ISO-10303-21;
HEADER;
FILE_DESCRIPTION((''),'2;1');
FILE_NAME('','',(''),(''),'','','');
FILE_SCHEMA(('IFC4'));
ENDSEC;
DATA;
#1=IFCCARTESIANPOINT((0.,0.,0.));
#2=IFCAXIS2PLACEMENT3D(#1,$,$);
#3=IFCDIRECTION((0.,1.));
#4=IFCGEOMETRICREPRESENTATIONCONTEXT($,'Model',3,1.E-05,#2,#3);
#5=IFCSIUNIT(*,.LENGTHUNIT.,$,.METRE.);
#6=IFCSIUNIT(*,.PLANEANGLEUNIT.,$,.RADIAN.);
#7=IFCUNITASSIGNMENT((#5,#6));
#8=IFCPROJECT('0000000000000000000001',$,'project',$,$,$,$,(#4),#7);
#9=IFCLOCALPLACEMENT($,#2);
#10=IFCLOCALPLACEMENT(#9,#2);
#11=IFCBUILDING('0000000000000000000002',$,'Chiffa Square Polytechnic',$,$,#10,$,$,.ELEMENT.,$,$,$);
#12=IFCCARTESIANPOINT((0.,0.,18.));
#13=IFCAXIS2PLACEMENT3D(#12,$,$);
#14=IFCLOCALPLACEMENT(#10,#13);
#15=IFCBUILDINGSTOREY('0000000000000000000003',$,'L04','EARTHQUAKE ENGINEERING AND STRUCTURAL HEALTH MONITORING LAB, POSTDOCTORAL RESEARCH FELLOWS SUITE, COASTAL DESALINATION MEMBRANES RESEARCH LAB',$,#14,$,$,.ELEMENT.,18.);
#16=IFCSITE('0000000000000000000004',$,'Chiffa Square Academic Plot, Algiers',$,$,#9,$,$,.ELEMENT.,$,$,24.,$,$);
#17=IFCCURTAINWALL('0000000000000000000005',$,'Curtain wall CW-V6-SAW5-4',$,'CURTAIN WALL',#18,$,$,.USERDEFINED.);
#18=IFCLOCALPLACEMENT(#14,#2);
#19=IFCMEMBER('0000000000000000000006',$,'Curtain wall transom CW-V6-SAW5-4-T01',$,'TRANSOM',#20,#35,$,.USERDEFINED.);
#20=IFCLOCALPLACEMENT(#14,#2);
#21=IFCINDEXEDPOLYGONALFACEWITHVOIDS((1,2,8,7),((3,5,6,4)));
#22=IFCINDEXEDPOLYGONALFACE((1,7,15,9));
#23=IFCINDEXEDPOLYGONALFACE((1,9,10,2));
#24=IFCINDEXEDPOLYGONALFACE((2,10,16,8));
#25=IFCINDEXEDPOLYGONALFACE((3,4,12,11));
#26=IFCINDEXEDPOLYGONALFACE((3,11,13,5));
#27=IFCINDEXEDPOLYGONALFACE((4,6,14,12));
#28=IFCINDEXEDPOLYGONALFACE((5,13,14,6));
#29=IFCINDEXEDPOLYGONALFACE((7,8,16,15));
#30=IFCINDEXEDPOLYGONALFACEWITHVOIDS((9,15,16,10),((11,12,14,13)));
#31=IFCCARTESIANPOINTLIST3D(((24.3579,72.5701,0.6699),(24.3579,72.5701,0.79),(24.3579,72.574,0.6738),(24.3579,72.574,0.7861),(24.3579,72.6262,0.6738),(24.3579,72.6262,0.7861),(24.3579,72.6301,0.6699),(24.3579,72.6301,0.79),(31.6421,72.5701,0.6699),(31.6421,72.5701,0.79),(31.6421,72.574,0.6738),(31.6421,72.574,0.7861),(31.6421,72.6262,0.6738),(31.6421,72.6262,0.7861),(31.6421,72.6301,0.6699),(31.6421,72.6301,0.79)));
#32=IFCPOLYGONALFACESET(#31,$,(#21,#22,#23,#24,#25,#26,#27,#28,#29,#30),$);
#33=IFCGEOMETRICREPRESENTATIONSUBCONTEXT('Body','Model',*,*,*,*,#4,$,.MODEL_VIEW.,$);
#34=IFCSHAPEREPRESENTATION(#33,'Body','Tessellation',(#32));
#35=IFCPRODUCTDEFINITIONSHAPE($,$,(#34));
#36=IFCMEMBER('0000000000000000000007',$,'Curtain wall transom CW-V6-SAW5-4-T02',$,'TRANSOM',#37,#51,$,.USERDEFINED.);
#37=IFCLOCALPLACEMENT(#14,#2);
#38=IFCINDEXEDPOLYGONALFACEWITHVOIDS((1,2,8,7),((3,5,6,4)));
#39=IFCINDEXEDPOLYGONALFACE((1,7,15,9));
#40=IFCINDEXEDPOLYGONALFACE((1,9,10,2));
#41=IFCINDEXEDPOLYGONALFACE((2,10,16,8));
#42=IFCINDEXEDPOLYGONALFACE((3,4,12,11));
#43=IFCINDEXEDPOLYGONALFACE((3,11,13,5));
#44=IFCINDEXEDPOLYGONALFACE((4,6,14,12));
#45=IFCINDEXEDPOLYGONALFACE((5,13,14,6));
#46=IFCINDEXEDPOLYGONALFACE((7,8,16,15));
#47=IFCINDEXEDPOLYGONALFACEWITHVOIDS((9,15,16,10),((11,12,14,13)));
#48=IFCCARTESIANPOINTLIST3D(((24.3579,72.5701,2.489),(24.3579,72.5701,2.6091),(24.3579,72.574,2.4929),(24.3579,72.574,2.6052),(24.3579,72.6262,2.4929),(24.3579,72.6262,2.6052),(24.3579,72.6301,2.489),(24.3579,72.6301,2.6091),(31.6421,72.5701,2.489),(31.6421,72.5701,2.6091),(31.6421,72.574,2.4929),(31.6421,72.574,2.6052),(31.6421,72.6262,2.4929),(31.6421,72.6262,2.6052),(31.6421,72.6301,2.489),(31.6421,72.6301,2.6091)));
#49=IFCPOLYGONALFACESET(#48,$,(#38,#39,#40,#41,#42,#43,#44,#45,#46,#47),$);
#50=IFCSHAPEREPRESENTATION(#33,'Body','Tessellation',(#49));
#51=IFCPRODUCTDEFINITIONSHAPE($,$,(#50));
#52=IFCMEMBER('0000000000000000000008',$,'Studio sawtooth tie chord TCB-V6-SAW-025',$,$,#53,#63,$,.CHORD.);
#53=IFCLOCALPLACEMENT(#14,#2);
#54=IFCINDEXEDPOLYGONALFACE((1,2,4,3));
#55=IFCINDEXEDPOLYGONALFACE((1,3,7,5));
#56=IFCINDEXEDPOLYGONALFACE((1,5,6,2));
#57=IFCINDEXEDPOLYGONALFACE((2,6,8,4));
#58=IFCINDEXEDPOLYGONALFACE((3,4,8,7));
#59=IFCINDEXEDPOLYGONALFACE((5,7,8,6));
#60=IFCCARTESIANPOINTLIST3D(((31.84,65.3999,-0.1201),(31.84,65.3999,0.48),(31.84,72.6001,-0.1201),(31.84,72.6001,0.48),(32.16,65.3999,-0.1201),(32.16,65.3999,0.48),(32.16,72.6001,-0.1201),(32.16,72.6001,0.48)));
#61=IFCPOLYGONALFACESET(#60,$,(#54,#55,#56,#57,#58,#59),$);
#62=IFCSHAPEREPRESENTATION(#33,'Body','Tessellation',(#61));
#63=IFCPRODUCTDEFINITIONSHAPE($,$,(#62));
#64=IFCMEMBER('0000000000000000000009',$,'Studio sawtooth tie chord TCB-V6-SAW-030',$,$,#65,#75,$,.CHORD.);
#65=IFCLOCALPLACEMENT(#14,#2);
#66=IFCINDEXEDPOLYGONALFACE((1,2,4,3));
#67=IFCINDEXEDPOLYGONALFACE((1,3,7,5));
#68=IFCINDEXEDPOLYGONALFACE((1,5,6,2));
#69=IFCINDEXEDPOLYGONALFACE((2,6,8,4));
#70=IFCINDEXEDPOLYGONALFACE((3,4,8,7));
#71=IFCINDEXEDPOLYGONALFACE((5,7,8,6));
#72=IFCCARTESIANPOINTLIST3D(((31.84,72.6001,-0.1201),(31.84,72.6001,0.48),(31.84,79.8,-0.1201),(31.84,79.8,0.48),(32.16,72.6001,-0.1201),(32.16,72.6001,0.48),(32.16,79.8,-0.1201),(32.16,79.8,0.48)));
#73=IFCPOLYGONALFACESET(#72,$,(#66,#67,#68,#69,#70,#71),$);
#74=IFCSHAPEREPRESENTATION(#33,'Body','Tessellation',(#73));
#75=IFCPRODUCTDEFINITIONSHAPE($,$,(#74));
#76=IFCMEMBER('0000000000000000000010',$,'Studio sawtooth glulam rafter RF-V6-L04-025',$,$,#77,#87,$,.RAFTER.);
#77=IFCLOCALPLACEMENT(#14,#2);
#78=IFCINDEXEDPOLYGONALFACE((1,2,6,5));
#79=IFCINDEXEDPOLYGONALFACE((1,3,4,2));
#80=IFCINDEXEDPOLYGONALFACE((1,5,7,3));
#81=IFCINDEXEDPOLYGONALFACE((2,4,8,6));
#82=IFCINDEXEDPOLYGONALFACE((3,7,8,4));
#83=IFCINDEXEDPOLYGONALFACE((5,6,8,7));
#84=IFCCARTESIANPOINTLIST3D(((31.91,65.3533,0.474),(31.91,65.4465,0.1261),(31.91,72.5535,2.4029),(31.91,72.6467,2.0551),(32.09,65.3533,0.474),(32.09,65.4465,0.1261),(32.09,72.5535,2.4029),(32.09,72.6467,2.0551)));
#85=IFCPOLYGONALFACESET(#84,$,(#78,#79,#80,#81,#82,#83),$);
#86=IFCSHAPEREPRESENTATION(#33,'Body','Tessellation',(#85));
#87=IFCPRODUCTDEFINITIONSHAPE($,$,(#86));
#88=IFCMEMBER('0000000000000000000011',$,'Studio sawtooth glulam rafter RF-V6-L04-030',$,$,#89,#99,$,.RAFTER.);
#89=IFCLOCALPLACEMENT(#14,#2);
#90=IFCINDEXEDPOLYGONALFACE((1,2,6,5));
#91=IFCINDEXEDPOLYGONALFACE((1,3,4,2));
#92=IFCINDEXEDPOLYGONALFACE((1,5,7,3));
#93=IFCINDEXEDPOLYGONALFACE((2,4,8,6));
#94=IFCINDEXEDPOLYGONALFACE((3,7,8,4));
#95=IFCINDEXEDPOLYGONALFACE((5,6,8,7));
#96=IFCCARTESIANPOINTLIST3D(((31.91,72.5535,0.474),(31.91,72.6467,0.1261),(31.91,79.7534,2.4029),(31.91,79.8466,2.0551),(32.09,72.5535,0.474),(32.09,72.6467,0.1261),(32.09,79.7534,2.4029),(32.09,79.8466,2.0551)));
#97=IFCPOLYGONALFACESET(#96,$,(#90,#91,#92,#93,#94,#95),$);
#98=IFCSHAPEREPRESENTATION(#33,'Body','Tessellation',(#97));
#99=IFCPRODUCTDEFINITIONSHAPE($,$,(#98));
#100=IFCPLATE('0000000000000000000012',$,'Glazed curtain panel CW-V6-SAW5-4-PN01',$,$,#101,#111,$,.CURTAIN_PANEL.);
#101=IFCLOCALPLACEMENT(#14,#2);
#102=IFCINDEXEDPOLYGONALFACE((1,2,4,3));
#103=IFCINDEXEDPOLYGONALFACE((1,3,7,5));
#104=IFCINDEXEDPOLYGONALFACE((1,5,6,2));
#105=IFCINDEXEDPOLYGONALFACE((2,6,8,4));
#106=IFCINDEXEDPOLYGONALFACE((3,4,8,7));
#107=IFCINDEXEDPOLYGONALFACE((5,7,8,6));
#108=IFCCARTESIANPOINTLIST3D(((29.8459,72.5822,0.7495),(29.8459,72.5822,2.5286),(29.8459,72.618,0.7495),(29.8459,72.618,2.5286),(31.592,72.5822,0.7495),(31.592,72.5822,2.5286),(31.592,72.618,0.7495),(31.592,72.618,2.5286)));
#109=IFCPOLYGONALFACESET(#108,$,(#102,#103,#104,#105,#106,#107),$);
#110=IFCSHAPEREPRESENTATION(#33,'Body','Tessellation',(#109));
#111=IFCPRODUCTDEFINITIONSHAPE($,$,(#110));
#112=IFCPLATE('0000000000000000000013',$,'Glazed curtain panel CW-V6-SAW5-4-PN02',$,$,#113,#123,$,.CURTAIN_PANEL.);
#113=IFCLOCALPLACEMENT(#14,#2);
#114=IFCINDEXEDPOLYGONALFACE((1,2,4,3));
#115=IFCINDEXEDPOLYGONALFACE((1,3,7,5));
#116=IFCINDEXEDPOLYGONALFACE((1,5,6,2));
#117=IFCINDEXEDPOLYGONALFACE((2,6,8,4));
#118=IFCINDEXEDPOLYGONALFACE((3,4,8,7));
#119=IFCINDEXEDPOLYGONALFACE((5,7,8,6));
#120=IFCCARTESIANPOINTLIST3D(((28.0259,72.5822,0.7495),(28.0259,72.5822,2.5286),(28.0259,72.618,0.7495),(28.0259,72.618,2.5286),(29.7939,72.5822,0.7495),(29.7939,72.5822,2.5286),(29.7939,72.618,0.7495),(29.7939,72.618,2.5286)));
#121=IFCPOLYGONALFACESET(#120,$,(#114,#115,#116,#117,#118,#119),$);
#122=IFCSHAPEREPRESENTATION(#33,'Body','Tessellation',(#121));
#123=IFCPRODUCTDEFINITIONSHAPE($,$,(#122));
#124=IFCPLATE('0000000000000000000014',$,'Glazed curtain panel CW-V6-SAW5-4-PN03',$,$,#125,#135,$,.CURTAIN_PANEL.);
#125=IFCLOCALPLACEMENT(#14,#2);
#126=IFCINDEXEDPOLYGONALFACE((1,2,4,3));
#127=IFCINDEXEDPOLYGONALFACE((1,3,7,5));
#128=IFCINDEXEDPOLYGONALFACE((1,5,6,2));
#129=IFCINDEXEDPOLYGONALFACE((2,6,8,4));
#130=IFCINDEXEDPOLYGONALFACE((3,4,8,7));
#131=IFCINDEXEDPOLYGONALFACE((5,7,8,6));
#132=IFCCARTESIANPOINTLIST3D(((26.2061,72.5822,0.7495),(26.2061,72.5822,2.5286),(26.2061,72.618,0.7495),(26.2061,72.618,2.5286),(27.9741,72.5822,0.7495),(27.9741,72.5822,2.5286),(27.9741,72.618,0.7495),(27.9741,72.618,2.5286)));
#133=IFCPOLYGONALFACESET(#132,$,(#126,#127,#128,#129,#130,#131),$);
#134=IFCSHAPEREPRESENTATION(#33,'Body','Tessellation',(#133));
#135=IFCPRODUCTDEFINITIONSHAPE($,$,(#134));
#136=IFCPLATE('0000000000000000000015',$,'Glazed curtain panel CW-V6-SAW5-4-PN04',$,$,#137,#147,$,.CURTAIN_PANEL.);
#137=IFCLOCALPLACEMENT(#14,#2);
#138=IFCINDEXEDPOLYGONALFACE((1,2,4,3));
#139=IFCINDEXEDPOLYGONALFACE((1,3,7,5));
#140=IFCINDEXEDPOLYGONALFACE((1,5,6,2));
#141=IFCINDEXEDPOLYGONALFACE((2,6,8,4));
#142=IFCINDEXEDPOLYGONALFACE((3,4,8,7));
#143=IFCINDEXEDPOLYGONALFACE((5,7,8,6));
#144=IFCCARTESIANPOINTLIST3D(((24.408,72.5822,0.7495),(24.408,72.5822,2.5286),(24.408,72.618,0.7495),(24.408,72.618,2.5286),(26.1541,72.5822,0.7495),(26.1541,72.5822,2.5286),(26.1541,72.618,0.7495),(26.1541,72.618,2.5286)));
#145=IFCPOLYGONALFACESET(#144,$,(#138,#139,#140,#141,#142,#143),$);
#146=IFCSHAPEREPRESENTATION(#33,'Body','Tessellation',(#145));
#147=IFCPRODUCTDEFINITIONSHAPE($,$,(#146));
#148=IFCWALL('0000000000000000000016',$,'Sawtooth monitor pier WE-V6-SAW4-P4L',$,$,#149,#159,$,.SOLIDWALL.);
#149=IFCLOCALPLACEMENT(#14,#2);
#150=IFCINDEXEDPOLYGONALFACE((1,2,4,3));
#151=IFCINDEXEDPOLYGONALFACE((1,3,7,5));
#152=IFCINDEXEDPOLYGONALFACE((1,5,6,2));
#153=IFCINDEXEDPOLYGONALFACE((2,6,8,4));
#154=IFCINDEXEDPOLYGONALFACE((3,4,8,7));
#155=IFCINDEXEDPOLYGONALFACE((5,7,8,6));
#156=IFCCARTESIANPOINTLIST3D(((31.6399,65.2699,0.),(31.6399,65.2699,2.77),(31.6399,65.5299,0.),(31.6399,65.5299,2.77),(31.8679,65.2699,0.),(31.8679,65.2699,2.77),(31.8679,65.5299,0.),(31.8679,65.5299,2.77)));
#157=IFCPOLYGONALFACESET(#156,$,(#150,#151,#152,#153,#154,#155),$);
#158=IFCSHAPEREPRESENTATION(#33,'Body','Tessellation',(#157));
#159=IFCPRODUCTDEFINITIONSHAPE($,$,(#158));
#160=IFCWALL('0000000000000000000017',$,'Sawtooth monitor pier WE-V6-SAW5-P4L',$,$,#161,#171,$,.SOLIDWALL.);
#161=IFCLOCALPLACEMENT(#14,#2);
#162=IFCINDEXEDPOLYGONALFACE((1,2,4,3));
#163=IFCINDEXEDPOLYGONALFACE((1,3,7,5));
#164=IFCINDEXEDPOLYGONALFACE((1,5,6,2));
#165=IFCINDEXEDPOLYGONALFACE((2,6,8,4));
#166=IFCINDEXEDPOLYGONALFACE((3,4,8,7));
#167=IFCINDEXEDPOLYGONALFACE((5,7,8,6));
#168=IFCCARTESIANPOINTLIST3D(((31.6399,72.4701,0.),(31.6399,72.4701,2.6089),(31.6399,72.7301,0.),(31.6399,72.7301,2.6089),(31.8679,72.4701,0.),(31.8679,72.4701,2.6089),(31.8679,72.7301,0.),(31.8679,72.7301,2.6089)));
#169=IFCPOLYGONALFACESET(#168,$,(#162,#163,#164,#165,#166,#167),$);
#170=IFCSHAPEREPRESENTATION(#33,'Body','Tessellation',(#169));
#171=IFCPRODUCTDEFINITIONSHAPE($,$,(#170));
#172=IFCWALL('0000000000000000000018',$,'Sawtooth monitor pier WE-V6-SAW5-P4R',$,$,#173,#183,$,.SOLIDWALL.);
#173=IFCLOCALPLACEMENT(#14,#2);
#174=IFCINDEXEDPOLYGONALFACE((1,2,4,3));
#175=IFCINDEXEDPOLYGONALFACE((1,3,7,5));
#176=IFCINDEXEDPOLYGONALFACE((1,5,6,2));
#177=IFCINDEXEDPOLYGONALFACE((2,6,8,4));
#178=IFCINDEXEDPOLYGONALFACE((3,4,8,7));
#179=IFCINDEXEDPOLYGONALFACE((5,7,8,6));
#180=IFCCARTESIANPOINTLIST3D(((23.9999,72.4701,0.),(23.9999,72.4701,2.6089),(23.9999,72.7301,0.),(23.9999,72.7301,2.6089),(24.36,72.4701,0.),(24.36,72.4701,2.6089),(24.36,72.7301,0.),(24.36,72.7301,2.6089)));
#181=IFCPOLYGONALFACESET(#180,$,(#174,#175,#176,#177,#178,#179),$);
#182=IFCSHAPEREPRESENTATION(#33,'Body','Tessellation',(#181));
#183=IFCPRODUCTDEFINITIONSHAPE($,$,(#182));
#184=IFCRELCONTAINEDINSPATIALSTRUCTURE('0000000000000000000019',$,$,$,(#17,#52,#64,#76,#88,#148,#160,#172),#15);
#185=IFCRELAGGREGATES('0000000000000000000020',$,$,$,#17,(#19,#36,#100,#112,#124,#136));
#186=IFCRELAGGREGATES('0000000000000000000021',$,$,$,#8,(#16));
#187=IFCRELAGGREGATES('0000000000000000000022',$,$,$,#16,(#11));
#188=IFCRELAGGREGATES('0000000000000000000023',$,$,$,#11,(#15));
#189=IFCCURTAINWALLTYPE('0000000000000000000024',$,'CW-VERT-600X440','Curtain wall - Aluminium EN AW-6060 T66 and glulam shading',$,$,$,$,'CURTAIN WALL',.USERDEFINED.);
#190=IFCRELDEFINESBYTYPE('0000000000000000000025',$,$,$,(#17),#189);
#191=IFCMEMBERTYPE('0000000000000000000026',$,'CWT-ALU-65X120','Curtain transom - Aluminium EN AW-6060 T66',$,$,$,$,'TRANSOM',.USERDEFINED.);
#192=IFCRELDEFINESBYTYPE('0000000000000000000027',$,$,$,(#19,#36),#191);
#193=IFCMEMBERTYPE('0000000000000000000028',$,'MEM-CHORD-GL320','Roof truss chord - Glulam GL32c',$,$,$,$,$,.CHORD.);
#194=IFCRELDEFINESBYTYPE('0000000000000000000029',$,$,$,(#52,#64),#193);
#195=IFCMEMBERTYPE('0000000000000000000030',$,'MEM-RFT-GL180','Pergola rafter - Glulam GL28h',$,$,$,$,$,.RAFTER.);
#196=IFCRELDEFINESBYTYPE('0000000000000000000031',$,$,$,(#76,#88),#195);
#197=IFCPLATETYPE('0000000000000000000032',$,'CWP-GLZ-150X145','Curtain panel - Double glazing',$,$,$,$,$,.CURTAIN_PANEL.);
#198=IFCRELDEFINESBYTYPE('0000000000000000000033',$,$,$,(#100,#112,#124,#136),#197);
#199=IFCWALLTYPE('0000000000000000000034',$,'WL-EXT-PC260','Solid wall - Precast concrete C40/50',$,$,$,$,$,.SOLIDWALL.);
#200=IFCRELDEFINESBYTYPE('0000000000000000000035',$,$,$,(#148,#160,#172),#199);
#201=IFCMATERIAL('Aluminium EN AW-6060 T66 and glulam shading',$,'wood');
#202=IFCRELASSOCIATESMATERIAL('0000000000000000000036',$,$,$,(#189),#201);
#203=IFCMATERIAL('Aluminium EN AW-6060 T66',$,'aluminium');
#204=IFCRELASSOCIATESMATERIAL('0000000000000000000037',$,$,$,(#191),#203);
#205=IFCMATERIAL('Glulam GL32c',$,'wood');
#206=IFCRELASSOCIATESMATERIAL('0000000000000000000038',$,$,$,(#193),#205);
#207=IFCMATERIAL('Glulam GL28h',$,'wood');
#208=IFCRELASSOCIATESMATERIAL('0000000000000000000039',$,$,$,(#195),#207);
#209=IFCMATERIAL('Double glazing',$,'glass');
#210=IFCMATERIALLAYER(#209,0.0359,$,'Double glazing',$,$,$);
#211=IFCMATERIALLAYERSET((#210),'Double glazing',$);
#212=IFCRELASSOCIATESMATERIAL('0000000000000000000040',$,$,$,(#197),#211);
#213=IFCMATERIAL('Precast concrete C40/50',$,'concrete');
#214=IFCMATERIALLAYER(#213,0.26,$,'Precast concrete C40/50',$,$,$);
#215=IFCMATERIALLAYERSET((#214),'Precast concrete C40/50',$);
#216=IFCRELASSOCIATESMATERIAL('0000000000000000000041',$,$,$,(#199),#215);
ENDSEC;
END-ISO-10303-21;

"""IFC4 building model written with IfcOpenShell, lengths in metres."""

from ifc_helpers import new_model, si_unit, direction, frame, frame_2d, origin, origin_2d, place, context, subcontext, project, spatial, rectangle, hollow_rectangle, extrude, material, layer, layer_set, material_profile, profile_set, type_object, element, aggregate, save


model = new_model("IFC4")

# Units and contexts
model_context = context("Model", 3, precision=1e-05, world=origin(), true_north=direction((0.0, 1.0)))
body_context = subcontext(model_context, "Body", "Model", "MODEL_VIEW")
ifc_project = project(units=[si_unit("LENGTHUNIT", "METRE"), si_unit("PLANEANGLEUNIT", "RADIAN")], contexts=[model_context])

# Site, building, storey
site_placement = place(None, origin())
site = spatial("IfcSite", under=ifc_project, at=site_placement, Name="Chiffa Square Academic Plot, Algiers", CompositionType="ELEMENT", RefElevation=24.0)
building_placement = place(site_placement, origin())
building = spatial("IfcBuilding", under=site, at=building_placement, Name="Chiffa Square Polytechnic", CompositionType="ELEMENT")
storey_placement = place(building_placement, frame((0.0, 0.0, 18.0)))
storey = spatial("IfcBuildingStorey", under=building, at=storey_placement, Name="L04", Description="EARTHQUAKE ENGINEERING AND STRUCTURAL HEALTH MONITORING LAB, POSTDOCTORAL RESEARCH FELLOWS SUITE, COASTAL DESALINATION MEMBRANES RESEARCH LAB", CompositionType="ELEMENT", Elevation=18.0)

# Shared definitions
ifc_material_1 = material(Name="Glulam GL32c", Category="wood")

# Curtain wall
ifc_material_2 = material(Name="Aluminium EN AW-6060 T66 and glulam shading", Category="wood")
curtain_wall_type_1 = type_object("IfcCurtainWallType", Name="CW-VERT-600X440", Description="Curtain wall - Aluminium EN AW-6060 T66 and glulam shading", ElementType="CURTAIN WALL", PredefinedType="USERDEFINED", material=ifc_material_2)
curtain_wall_1_placement = place(storey_placement, origin())
curtain_wall_1 = element("IfcCurtainWall", 1, at=curtain_wall_1_placement, inside=storey, type_object=curtain_wall_type_1, Name="Curtain wall CW-V6-SAW5-4", ObjectType="CURTAIN WALL", PredefinedType="USERDEFINED")
ifc_material_3 = material(Name="Aluminium EN AW-6060 T66", Category="aluminium")
ifc_material_4 = material(Name="Glulam GL28h", Category="wood")

# Members
ifc_material_profile_1 = material_profile(ifc_material_3, hollow_rectangle(XDim=0.0601, YDim=0.1201, WallThickness=0.0039, at=origin_2d()), Name="ALU 60x120x4")
ifc_profile_set_1 = profile_set([ifc_material_profile_1], Name="Aluminium EN AW-6060 T66")
member_type_1 = type_object("IfcMemberType", Name="CWT-ALU-65X120", Description="Curtain transom - Aluminium EN AW-6060 T66", ElementType="TRANSOM", PredefinedType="USERDEFINED", material=ifc_profile_set_1)
member_1_placement = place(storey_placement, frame((31.6421, 72.6001, 0.73), z_axis=(-1.0, 0.0, 0.0), x_axis=(0.0, -1.0, 0.0)))
member_1 = element("IfcMember", 2, at=member_1_placement, type_object=member_type_1, Name="Curtain wall transom CW-V6-SAW5-4-T01", ObjectType="TRANSOM", PredefinedType="USERDEFINED", context=body_context, shape_type="SweptSolid", body=[
    extrude(hollow_rectangle(XDim=0.0601, YDim=0.1201, WallThickness=0.0039, at=origin_2d()), origin(), (0.0, 0.0, 1.0), 7.2842),
])
member_2_placement = place(storey_placement, frame((31.6421, 72.6001, 2.5491), z_axis=(-1.0, 0.0, 0.0), x_axis=(0.0, -1.0, 0.0)))
member_2 = element("IfcMember", 3, at=member_2_placement, type_object=member_type_1, Name="Curtain wall transom CW-V6-SAW5-4-T02", ObjectType="TRANSOM", PredefinedType="USERDEFINED", context=body_context, shape_type="SweptSolid", body=[
    extrude(hollow_rectangle(XDim=0.0601, YDim=0.1201, WallThickness=0.0039, at=origin_2d()), origin(), (0.0, 0.0, 1.0), 7.2842),
])

# Members
ifc_material_profile_2 = material_profile(ifc_material_1, rectangle(XDim=0.3201, YDim=0.6001, at=origin_2d()), Name="GL32c 320x600")
ifc_profile_set_2 = profile_set([ifc_material_profile_2], Name="Glulam GL32c")
member_type_2 = type_object("IfcMemberType", Name="MEM-CHORD-GL320", Description="Roof truss chord - Glulam GL32c", PredefinedType="CHORD", material=ifc_profile_set_2)
member_3_placement = place(storey_placement, frame((32.0, 65.3999, 0.1799), z_axis=(0.0, 1.0, 0.0), x_axis=(-1.0, 0.0, 0.0)))
element("IfcMember", 4, at=member_3_placement, inside=storey, type_object=member_type_2, Name="Studio sawtooth tie chord TCB-V6-SAW-025", PredefinedType="CHORD", context=body_context, shape_type="SweptSolid", body=[
    extrude(rectangle(XDim=0.3201, YDim=0.6001, at=origin_2d()), origin(), (0.0, 0.0, 1.0), 7.2002),
])
member_4_placement = place(storey_placement, frame((32.0, 72.6001, 0.1799), z_axis=(0.0, 1.0, 0.0), x_axis=(-1.0, 0.0, 0.0)))
element("IfcMember", 5, at=member_4_placement, inside=storey, type_object=member_type_2, Name="Studio sawtooth tie chord TCB-V6-SAW-030", PredefinedType="CHORD", context=body_context, shape_type="SweptSolid", body=[
    extrude(rectangle(XDim=0.3201, YDim=0.6001, at=origin_2d()), origin(), (0.0, 0.0, 1.0), 7.2),
])
ifc_material_profile_3 = material_profile(ifc_material_4, rectangle(XDim=0.1799, YDim=0.3601, at=origin_2d()), Name="GL28h 180x360")
ifc_profile_set_3 = profile_set([ifc_material_profile_3], Name="Glulam GL28h")
member_type_3 = type_object("IfcMemberType", Name="MEM-RFT-GL180", Description="Pergola rafter - Glulam GL28h", PredefinedType="RAFTER", material=ifc_profile_set_3)
member_5_placement = place(storey_placement, frame((32.0, 65.3999, 0.3), z_axis=(0.0, 0.965937, 0.258778), x_axis=(-1.0, 0.0, 0.0)))
element("IfcMember", 6, at=member_5_placement, inside=storey, type_object=member_type_3, Name="Studio sawtooth glulam rafter RF-V6-L04-025", PredefinedType="RAFTER", context=body_context, shape_type="SweptSolid", body=[
    extrude(rectangle(XDim=0.1799, YDim=0.3601, at=origin_2d()), origin(), (0.0, 0.0, 1.0), 7.4541),
])
member_6_placement = place(storey_placement, frame((32.0, 72.6001, 0.3), z_axis=(0.0, 0.965935, 0.258786), x_axis=(-1.0, 0.0, 0.0)))
element("IfcMember", 7, at=member_6_placement, inside=storey, type_object=member_type_3, Name="Studio sawtooth glulam rafter RF-V6-L04-030", PredefinedType="RAFTER", context=body_context, shape_type="SweptSolid", body=[
    extrude(rectangle(XDim=0.1799, YDim=0.3601, at=origin_2d()), origin(), (0.0, 0.0, 1.0), 7.4539),
])

# Plates
ifc_material_5 = material(Name="Double glazing", Category="glass")
ifc_layer_1 = layer(ifc_material_5, 0.0359, Name="Double glazing")
ifc_layer_set_1 = layer_set([ifc_layer_1], Name="Double glazing")
plate_type = type_object("IfcPlateType", Name="CWP-GLZ-150X145", Description="Curtain panel - Double glazing", PredefinedType="CURTAIN_PANEL", material=ifc_layer_set_1)
plate_1_placement = place(storey_placement, frame((30.719, 72.6001, 0.7495), z_axis=(0.0, 0.0, 1.0), x_axis=(-1.0, 0.0, 0.0)))
plate_1 = element("IfcPlate", 8, at=plate_1_placement, type_object=plate_type, Name="Glazed curtain panel CW-V6-SAW5-4-PN01", PredefinedType="CURTAIN_PANEL", context=body_context, shape_type="SweptSolid", body=[
    extrude(rectangle(XDim=1.7461, YDim=0.0359, at=origin_2d()), origin(), (0.0, 0.0, 1.0), 1.7791),
])
plate_2_placement = place(storey_placement, frame((28.9099, 72.6001, 0.7495), z_axis=(0.0, 0.0, 1.0), x_axis=(-1.0, 0.0, 0.0)))
plate_2 = element("IfcPlate", 9, at=plate_2_placement, type_object=plate_type, Name="Glazed curtain panel CW-V6-SAW5-4-PN02", PredefinedType="CURTAIN_PANEL", context=body_context, shape_type="SweptSolid", body=[
    extrude(rectangle(XDim=1.7681, YDim=0.0359, at=origin_2d()), origin(), (0.0, 0.0, 1.0), 1.7791),
])
plate_3_placement = place(storey_placement, frame((27.0901, 72.6001, 0.7495), z_axis=(0.0, 0.0, 1.0), x_axis=(-1.0, 0.0, 0.0)))
plate_3 = element("IfcPlate", 10, at=plate_3_placement, type_object=plate_type, Name="Glazed curtain panel CW-V6-SAW5-4-PN03", PredefinedType="CURTAIN_PANEL", context=body_context, shape_type="SweptSolid", body=[
    extrude(rectangle(XDim=1.7681, YDim=0.0359, at=origin_2d()), origin(), (0.0, 0.0, 1.0), 1.7791),
])
plate_4_placement = place(storey_placement, frame((25.281, 72.6001, 0.7495), z_axis=(0.0, 0.0, 1.0), x_axis=(-1.0, 0.0, 0.0)))
plate_4 = element("IfcPlate", 11, at=plate_4_placement, type_object=plate_type, Name="Glazed curtain panel CW-V6-SAW5-4-PN04", PredefinedType="CURTAIN_PANEL", context=body_context, shape_type="SweptSolid", body=[
    extrude(rectangle(XDim=1.7461, YDim=0.0359, at=origin_2d()), origin(), (0.0, 0.0, 1.0), 1.7791),
])
aggregate(curtain_wall_1, [member_1, member_2, plate_1, plate_2, plate_3, plate_4])

# Walls
ifc_material_6 = material(Name="Precast concrete C40/50", Category="concrete")
ifc_layer_2 = layer(ifc_material_6, 0.26, Name="Precast concrete C40/50")
ifc_layer_set_2 = layer_set([ifc_layer_2], Name="Precast concrete C40/50")
wall_type = type_object("IfcWallType", Name="WL-EXT-PC260", Description="Solid wall - Precast concrete C40/50", PredefinedType="SOLIDWALL", material=ifc_layer_set_2)
wall_1_placement = place(storey_placement, frame((31.8679, 65.3999, 0.0), z_axis=(0.0, 0.0, 1.0), x_axis=(-1.0, 0.0, 0.0)))
element("IfcWall", 12, at=wall_1_placement, inside=storey, type_object=wall_type, Name="Sawtooth monitor pier WE-V6-SAW4-P4L", PredefinedType="SOLIDWALL", context=body_context, shape_type="SweptSolid", body=[
    extrude(rectangle(XDim=0.228, YDim=0.26, at=frame_2d((0.114, 0.0))), origin(), (0.0, 0.0, 1.0), 2.77),
])
wall_2_placement = place(storey_placement, frame((31.8679, 72.6001, 0.0), z_axis=(0.0, 0.0, 1.0), x_axis=(-1.0, 0.0, 0.0)))
element("IfcWall", 13, at=wall_2_placement, inside=storey, type_object=wall_type, Name="Sawtooth monitor pier WE-V6-SAW5-P4L", PredefinedType="SOLIDWALL", context=body_context, shape_type="SweptSolid", body=[
    extrude(rectangle(XDim=0.228, YDim=0.26, at=frame_2d((0.114, 0.0))), origin(), (0.0, 0.0, 1.0), 2.6089),
])
wall_3_placement = place(storey_placement, frame((24.3601, 72.6001, 0.0), z_axis=(0.0, 0.0, 1.0), x_axis=(-1.0, 0.0, 0.0)))
element("IfcWall", 14, at=wall_3_placement, inside=storey, type_object=wall_type, Name="Sawtooth monitor pier WE-V6-SAW5-P4R", PredefinedType="SOLIDWALL", context=body_context, shape_type="SweptSolid", body=[
    extrude(rectangle(XDim=0.3601, YDim=0.26, at=frame_2d((0.1802, 0.0))), origin(), (0.0, 0.0, 1.0), 2.6089),
])

save(model, "model.ifc")
